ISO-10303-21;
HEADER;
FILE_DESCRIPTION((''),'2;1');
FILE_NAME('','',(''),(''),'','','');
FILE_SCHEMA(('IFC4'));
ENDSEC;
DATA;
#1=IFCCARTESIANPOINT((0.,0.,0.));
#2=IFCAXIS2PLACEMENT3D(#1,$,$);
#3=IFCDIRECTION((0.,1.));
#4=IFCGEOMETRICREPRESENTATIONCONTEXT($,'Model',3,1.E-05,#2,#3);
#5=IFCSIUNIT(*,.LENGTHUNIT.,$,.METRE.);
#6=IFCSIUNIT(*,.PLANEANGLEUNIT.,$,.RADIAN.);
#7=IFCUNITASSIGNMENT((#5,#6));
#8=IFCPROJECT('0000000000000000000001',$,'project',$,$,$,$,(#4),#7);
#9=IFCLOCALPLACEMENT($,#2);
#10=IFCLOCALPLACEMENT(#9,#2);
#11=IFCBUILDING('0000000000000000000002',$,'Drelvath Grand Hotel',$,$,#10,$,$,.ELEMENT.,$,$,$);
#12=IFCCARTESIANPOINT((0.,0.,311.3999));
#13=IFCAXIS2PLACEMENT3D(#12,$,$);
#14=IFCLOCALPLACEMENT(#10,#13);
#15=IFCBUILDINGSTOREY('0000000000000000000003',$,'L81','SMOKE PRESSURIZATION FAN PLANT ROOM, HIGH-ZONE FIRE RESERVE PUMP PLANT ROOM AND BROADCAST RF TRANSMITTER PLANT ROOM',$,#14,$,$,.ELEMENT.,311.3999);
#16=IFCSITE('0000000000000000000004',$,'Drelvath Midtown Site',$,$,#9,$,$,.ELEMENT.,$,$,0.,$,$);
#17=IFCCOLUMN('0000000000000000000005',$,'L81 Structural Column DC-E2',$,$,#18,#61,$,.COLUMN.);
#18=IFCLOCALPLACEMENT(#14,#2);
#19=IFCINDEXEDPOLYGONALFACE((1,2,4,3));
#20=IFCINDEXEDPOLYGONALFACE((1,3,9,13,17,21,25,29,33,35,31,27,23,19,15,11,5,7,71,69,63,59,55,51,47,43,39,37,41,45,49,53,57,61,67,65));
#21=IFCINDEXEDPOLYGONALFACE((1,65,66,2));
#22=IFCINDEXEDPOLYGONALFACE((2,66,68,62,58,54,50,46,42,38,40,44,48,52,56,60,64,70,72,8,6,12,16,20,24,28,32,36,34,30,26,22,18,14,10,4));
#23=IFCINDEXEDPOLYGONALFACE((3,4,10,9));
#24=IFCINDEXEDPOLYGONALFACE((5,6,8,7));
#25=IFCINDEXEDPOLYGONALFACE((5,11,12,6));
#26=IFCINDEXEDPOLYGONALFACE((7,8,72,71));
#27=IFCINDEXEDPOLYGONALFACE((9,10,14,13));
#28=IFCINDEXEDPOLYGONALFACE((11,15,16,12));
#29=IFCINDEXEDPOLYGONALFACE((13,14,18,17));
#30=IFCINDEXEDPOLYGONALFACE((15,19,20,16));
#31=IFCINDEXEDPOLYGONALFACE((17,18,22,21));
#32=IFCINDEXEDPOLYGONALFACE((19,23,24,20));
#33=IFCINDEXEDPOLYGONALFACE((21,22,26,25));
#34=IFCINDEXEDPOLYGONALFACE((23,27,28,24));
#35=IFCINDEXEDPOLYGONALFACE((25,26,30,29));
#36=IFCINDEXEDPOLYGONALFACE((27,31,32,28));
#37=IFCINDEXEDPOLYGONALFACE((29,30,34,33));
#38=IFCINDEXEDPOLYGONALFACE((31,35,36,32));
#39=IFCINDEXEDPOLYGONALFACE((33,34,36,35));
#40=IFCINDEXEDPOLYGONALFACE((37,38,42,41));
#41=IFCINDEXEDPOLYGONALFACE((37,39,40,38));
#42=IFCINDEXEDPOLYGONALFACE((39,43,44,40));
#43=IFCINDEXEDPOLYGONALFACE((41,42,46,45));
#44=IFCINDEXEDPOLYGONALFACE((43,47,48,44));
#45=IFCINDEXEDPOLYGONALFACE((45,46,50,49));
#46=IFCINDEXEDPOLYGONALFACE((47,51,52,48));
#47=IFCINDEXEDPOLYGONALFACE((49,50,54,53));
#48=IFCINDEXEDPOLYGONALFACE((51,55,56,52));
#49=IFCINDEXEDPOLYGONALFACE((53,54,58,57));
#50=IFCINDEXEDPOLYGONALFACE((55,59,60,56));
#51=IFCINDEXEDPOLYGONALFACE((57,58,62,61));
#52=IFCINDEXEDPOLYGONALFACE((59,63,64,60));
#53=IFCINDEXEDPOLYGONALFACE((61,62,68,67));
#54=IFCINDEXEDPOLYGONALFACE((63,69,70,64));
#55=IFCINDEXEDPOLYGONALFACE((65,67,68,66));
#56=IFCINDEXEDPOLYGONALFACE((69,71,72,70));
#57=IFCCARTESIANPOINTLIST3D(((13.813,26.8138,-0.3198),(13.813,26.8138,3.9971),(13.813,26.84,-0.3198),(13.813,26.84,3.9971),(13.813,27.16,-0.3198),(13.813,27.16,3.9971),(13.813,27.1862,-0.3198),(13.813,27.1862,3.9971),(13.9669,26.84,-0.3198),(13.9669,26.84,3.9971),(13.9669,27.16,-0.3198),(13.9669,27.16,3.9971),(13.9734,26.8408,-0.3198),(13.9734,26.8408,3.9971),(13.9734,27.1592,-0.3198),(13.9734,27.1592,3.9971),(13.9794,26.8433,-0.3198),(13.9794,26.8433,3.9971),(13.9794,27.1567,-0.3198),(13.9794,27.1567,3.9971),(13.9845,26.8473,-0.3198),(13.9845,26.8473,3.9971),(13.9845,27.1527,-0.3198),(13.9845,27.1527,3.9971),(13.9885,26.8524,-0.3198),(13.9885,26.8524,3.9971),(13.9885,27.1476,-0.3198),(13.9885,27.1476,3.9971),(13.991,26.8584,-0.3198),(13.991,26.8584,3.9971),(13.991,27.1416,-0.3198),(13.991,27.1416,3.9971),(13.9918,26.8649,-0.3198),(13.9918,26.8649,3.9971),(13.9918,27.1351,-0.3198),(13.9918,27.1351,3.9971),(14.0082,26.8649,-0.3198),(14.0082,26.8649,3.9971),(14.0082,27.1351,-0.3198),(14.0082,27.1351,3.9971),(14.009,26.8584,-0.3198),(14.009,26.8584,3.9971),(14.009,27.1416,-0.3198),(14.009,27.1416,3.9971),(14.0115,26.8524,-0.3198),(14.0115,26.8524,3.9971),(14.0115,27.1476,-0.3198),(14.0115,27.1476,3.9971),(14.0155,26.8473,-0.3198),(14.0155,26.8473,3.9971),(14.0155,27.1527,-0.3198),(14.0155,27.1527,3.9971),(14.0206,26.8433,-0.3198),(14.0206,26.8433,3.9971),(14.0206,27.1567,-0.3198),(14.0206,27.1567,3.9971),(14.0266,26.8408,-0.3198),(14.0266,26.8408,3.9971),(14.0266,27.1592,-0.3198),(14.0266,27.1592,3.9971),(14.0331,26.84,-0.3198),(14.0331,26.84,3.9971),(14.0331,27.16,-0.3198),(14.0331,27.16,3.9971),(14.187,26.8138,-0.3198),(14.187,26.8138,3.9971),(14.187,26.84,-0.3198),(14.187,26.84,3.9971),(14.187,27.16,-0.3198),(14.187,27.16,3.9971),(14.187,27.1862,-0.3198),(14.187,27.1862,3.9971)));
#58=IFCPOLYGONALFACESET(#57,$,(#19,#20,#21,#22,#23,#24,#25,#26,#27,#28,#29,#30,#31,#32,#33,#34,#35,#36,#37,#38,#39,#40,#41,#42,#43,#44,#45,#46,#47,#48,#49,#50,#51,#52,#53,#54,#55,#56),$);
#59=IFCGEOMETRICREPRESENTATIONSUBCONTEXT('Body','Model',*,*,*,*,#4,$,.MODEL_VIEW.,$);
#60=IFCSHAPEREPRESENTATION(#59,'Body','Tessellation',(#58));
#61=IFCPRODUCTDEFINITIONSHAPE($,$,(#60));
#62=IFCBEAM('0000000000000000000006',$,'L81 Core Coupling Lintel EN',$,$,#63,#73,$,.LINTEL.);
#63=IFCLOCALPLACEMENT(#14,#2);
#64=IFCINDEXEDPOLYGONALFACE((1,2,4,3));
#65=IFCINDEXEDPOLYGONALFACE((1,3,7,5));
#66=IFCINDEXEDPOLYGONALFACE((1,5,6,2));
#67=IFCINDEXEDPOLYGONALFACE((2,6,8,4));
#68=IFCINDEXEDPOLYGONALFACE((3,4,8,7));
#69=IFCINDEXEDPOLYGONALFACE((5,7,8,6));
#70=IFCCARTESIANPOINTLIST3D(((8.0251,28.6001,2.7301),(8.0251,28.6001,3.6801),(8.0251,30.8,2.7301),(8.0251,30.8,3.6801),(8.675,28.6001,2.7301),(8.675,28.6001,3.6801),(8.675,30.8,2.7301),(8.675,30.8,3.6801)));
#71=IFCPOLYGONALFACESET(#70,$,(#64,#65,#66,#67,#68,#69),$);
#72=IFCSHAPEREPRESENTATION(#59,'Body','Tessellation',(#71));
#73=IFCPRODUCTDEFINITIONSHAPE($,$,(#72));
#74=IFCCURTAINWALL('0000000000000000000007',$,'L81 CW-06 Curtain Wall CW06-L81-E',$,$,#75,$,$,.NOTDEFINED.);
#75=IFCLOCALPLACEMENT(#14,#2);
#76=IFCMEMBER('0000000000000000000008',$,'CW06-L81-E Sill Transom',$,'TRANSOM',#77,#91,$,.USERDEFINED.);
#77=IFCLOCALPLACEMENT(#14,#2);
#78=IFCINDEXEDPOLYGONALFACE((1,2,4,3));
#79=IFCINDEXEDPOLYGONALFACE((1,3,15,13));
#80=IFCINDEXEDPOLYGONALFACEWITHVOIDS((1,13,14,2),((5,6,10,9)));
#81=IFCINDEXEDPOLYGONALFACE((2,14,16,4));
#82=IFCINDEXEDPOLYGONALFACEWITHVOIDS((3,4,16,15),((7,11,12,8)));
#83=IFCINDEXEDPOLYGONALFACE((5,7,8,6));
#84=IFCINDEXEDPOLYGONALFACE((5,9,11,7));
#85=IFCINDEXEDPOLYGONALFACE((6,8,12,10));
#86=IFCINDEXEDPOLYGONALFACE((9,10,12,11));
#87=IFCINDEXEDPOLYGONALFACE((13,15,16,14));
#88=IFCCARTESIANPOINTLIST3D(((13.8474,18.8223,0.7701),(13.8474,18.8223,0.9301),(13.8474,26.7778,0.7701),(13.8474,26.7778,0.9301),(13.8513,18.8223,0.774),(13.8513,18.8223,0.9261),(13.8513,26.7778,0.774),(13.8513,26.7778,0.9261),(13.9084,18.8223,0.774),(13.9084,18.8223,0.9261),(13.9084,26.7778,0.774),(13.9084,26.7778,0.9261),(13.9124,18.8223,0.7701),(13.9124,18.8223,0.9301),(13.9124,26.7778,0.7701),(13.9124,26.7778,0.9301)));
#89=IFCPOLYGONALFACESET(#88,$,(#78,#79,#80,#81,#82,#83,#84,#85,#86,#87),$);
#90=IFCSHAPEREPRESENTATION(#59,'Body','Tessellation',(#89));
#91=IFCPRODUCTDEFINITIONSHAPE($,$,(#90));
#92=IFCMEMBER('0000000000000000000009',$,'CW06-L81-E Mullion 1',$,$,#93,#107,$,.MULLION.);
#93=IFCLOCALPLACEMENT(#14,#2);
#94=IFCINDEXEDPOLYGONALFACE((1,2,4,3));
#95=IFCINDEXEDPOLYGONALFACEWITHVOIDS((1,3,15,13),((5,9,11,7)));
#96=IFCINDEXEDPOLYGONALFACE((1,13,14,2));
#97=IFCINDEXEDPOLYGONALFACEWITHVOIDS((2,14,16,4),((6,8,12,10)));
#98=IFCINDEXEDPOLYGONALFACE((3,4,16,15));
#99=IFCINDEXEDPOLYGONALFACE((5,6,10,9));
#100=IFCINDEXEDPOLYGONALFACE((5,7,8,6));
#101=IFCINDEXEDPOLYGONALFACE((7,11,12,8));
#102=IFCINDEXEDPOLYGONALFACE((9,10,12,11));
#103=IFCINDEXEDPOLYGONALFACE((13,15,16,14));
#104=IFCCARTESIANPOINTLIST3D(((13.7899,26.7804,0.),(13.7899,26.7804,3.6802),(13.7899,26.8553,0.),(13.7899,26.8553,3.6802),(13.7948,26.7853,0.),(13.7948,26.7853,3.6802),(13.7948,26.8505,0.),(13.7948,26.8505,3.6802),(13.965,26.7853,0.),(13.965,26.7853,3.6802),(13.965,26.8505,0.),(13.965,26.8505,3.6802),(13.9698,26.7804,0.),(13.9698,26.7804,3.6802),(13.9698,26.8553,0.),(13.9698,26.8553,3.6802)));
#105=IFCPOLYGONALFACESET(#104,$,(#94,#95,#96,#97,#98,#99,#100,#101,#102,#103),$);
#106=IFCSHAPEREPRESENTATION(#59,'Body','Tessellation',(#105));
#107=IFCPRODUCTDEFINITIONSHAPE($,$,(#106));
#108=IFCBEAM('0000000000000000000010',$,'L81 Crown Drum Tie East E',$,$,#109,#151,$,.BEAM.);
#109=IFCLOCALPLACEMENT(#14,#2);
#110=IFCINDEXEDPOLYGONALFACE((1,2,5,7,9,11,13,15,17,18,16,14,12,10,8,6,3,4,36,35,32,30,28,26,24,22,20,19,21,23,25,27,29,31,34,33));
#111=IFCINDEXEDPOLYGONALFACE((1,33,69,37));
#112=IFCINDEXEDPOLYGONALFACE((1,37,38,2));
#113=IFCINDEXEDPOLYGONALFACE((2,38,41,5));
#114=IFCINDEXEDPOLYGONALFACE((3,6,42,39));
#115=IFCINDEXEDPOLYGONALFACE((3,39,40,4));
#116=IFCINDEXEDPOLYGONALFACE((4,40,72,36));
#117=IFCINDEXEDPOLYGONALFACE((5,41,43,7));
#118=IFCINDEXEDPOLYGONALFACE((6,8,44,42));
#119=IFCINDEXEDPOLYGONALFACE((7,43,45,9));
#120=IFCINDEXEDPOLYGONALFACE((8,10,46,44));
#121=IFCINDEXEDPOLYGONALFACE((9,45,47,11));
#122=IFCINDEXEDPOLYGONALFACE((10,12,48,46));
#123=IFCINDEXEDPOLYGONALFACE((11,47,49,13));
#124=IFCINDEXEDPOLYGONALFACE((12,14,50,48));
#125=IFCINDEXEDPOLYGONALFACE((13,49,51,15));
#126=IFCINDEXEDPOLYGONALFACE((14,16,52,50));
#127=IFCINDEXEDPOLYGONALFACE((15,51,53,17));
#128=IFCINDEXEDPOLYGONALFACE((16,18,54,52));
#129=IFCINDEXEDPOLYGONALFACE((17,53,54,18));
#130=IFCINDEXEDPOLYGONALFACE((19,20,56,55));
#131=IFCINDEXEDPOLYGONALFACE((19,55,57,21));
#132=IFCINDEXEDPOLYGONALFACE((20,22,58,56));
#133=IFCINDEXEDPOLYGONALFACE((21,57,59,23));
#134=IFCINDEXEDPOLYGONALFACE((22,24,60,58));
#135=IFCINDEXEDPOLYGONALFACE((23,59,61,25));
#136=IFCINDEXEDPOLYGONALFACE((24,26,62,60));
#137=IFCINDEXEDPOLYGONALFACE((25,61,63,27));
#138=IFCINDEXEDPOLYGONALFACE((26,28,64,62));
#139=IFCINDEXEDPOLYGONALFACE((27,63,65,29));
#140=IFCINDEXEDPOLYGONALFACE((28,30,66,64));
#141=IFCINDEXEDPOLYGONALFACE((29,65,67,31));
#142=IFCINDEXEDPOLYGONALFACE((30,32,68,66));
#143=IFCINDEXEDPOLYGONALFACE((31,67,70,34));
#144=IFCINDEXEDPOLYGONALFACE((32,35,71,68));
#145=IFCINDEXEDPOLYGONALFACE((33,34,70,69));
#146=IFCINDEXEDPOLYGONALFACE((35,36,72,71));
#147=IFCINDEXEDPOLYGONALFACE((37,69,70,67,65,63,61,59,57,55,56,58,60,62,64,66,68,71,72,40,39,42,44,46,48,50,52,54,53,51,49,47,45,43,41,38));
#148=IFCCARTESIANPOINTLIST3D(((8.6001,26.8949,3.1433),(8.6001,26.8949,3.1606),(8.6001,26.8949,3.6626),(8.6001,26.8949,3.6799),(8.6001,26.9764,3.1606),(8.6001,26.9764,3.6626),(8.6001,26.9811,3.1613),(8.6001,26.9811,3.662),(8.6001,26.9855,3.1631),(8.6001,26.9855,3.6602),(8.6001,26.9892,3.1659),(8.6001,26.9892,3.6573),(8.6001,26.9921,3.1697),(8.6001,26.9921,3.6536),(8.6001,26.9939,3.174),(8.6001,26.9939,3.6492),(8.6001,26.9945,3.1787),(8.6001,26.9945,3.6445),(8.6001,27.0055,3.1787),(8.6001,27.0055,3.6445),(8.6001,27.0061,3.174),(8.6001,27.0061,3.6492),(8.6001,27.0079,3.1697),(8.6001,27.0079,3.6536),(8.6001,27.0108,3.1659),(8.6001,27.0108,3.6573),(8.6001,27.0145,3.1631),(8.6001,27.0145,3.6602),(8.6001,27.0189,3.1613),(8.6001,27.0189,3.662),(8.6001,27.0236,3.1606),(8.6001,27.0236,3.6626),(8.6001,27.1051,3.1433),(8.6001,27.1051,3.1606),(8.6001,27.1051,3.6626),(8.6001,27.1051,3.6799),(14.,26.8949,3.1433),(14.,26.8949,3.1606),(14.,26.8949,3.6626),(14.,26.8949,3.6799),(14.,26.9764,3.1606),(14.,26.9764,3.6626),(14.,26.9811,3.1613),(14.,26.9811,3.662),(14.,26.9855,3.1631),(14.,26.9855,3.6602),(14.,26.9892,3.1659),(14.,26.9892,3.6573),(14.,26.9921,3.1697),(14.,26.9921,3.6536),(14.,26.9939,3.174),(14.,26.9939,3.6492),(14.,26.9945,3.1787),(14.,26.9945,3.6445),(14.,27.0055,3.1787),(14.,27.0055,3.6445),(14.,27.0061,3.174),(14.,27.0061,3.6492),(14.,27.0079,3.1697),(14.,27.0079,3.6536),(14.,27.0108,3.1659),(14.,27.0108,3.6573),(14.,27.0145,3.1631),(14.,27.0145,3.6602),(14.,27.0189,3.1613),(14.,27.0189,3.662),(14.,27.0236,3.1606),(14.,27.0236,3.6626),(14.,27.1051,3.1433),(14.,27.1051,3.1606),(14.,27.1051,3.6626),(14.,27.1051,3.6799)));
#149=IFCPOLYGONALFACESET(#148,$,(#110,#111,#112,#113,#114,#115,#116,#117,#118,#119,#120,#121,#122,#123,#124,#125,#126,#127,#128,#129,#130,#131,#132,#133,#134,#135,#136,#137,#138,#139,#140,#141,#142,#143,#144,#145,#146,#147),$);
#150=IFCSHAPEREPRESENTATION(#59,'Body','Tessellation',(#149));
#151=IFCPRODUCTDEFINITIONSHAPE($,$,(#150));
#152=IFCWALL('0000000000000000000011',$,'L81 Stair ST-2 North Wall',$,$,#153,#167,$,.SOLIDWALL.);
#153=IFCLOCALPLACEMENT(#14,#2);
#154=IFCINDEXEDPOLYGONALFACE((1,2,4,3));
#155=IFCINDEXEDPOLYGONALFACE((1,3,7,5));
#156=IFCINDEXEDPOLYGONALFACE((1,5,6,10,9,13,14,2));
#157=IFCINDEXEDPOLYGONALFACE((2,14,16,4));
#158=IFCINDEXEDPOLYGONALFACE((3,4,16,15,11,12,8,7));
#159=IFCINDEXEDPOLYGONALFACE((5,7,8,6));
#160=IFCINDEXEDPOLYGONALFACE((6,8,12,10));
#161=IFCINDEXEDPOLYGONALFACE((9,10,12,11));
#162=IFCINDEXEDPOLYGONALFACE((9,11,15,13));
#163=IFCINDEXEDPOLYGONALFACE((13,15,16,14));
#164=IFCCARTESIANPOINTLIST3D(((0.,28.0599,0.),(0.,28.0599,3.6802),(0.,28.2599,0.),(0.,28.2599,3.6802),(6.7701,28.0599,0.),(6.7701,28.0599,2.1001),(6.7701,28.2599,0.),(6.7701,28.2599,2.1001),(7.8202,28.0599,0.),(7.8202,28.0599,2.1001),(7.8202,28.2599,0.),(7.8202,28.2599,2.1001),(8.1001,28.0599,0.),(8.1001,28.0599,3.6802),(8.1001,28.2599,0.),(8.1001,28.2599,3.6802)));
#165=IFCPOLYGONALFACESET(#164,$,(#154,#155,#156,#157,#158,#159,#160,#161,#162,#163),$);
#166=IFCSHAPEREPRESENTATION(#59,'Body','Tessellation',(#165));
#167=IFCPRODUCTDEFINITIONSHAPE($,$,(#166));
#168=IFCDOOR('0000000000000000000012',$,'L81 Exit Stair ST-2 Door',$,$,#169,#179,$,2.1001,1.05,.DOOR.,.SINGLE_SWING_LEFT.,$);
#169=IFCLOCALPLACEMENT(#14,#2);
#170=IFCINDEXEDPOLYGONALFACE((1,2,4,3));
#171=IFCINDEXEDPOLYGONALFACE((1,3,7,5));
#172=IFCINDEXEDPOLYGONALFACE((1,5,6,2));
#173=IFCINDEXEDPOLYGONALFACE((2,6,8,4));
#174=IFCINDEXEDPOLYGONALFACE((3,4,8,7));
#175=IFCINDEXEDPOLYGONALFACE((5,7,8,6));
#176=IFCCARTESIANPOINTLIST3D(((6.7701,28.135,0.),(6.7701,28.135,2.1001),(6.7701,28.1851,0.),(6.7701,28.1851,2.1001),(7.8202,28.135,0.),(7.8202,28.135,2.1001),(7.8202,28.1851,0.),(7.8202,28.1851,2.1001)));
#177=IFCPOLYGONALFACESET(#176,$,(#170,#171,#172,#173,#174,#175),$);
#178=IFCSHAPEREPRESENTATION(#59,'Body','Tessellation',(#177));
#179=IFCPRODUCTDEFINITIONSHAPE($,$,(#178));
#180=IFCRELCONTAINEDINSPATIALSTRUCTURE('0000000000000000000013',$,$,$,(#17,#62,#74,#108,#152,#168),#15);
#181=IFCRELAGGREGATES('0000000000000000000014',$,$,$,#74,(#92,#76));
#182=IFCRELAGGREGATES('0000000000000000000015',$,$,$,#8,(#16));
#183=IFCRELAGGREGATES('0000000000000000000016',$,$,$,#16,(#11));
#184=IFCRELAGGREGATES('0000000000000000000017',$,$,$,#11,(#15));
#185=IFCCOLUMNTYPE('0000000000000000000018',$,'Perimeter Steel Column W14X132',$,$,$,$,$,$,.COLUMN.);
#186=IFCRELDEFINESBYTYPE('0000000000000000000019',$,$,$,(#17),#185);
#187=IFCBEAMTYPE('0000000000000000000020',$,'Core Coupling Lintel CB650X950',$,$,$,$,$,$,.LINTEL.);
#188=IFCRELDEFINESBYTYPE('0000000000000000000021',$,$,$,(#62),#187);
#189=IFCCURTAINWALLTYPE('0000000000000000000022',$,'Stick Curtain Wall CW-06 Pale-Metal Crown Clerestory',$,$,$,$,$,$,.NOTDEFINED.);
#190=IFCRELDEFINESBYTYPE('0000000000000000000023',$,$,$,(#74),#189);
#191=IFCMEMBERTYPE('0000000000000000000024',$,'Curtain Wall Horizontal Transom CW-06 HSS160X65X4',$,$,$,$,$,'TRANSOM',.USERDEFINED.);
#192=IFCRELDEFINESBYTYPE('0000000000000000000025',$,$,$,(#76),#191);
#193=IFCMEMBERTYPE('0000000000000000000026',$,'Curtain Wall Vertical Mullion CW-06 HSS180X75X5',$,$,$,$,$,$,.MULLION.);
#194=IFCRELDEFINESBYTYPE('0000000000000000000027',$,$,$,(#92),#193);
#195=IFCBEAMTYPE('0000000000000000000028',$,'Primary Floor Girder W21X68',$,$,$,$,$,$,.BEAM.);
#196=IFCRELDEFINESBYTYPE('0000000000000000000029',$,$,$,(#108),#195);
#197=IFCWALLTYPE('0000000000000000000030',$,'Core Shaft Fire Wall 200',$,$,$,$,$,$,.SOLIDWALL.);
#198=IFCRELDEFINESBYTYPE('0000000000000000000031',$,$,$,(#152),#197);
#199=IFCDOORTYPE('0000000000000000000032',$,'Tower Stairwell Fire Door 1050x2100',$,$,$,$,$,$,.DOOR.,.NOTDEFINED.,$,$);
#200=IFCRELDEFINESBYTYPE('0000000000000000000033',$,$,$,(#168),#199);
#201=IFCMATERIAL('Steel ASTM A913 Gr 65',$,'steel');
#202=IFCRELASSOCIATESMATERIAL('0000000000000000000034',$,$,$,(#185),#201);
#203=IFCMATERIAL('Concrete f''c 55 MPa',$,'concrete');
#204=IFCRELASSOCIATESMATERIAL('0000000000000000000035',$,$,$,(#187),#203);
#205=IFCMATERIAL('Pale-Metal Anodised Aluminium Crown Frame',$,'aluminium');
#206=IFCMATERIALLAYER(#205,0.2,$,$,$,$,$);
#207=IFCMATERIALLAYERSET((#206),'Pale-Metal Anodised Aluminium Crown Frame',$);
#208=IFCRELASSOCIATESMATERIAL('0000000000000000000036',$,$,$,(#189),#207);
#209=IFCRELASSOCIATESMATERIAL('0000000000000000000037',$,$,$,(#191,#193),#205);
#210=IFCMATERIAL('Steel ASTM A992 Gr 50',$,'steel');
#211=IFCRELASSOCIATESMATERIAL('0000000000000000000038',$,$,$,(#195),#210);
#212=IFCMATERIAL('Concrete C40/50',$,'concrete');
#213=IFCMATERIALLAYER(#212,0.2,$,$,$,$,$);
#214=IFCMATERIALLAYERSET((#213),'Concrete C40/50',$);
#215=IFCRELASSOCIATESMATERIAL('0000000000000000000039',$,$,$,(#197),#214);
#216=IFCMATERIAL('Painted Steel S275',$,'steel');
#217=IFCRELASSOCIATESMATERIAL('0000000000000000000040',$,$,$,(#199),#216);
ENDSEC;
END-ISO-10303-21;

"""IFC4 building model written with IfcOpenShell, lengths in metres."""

from ifc_helpers import new_model, si_unit, direction, frame, frame_2d, origin, origin_2d, place, context, subcontext, project, spatial, rectangle, hollow_rectangle, i_section, extrude, material, layer, layer_set, material_profile, profile_set, type_object, element, fill, aggregate, save


model = new_model("IFC4")

# Units and contexts
model_context = context("Model", 3, precision=1e-05, world=origin(), true_north=direction((0.0, 1.0)))
body_context = subcontext(model_context, "Body", "Model", "MODEL_VIEW")
ifc_project = project(units=[si_unit("LENGTHUNIT", "METRE"), si_unit("PLANEANGLEUNIT", "RADIAN")], contexts=[model_context])

# Site, building, storey
site_placement = place(None, origin())
site = spatial("IfcSite", under=ifc_project, at=site_placement, Name="Drelvath Midtown Site", CompositionType="ELEMENT", RefElevation=0.0)
building_placement = place(site_placement, origin())
building = spatial("IfcBuilding", under=site, at=building_placement, Name="Drelvath Grand Hotel", CompositionType="ELEMENT")
storey_placement = place(building_placement, frame((0.0, 0.0, 311.3999)))
storey = spatial("IfcBuildingStorey", under=building, at=storey_placement, Name="L81", Description="SMOKE PRESSURIZATION FAN PLANT ROOM, HIGH-ZONE FIRE RESERVE PUMP PLANT ROOM AND BROADCAST RF TRANSMITTER PLANT ROOM", CompositionType="ELEMENT", Elevation=311.3999)

# Column
ifc_material_1 = material(Name="Steel ASTM A913 Gr 65", Category="steel")
ifc_material_profile_1 = material_profile(ifc_material_1, i_section(OverallWidth=0.374, OverallDepth=0.3723, WebThickness=0.0164, FlangeThickness=0.0261, FilletRadius=0.0249, at=origin_2d()), Name="W14X132")
ifc_profile_set_1 = profile_set([ifc_material_profile_1], Name="Steel ASTM A913 Gr 65")
column_type = type_object("IfcColumnType", Name="Perimeter Steel Column W14X132", PredefinedType="COLUMN", material=ifc_profile_set_1)
column_placement = place(storey_placement, frame((14.0, 27.0, -0.3198), z_axis=(0.0, 0.0, 1.0), x_axis=(1.0, 0.0, 0.0)))
element("IfcColumn", 1, at=column_placement, inside=storey, type_object=column_type, Name="L81 Structural Column DC-E2", PredefinedType="COLUMN", context=body_context, shape_type="SweptSolid", body=[
    extrude(i_section(OverallWidth=0.374, OverallDepth=0.3723, WebThickness=0.0164, FlangeThickness=0.0261, FilletRadius=0.0249, at=origin_2d()), origin(), (0.0, 0.0, 1.0), 4.3169),
])

# Beam
ifc_material_2 = material(Name="Concrete f'c 55 MPa", Category="concrete")
ifc_material_profile_2 = material_profile(ifc_material_2, rectangle(XDim=0.6499, YDim=0.95, at=origin_2d()), Name="CB650X950")
ifc_profile_set_2 = profile_set([ifc_material_profile_2], Name="Concrete f'c 55 MPa")
beam_type_1 = type_object("IfcBeamType", Name="Core Coupling Lintel CB650X950", PredefinedType="LINTEL", material=ifc_profile_set_2)
beam_1_placement = place(storey_placement, frame((8.3501, 28.6001, 3.2051), z_axis=(0.0, 1.0, 0.0), x_axis=(-1.0, 0.0, 0.0)))
element("IfcBeam", 2, at=beam_1_placement, inside=storey, type_object=beam_type_1, Name="L81 Core Coupling Lintel EN", PredefinedType="LINTEL", context=body_context, shape_type="SweptSolid", body=[
    extrude(rectangle(XDim=0.6499, YDim=0.95, at=origin_2d()), origin(), (0.0, 0.0, 1.0), 2.2),
])

# Curtain wall, members
ifc_material_3 = material(Name="Pale-Metal Anodised Aluminium Crown Frame", Category="aluminium")
ifc_layer_1 = layer(ifc_material_3, 0.2)
ifc_layer_set_1 = layer_set([ifc_layer_1], Name="Pale-Metal Anodised Aluminium Crown Frame")
curtain_wall_type = type_object("IfcCurtainWallType", Name="Stick Curtain Wall CW-06 Pale-Metal Crown Clerestory", PredefinedType="NOTDEFINED", material=ifc_layer_set_1)
curtain_wall_placement = place(storey_placement, origin())
curtain_wall = element("IfcCurtainWall", 3, at=curtain_wall_placement, inside=storey, type_object=curtain_wall_type, Name="L81 CW-06 Curtain Wall CW06-L81-E", PredefinedType="NOTDEFINED")
ifc_material_profile_3 = material_profile(ifc_material_3, hollow_rectangle(XDim=0.0649, YDim=0.1599, WallThickness=0.0039, at=origin_2d()), Name="HSS160X65X4")
ifc_profile_set_3 = profile_set([ifc_material_profile_3], Name="Pale-Metal Anodised Aluminium Crown Frame")
member_type_1 = type_object("IfcMemberType", Name="Curtain Wall Horizontal Transom CW-06 HSS160X65X4", ElementType="TRANSOM", PredefinedType="USERDEFINED", material=ifc_profile_set_3)
member_1_placement = place(storey_placement, frame((13.8799, 26.7778, 0.8501), z_axis=(0.0, -1.0, 0.0), x_axis=(1.0, 0.0, 0.0)))
member_1 = element("IfcMember", 4, at=member_1_placement, type_object=member_type_1, Name="CW06-L81-E Sill Transom", ObjectType="TRANSOM", PredefinedType="USERDEFINED", context=body_context, shape_type="SweptSolid", body=[
    extrude(hollow_rectangle(XDim=0.0649, YDim=0.1599, WallThickness=0.0039, at=origin_2d()), origin(), (0.0, 0.0, 1.0), 7.9556),
])
ifc_material_profile_4 = material_profile(ifc_material_3, hollow_rectangle(XDim=0.075, YDim=0.1799, WallThickness=0.0049, at=origin_2d()), Name="HSS180X75X5")
ifc_profile_set_4 = profile_set([ifc_material_profile_4], Name="Pale-Metal Anodised Aluminium Crown Frame")
member_type_2 = type_object("IfcMemberType", Name="Curtain Wall Vertical Mullion CW-06 HSS180X75X5", PredefinedType="MULLION", material=ifc_profile_set_4)
member_2_placement = place(storey_placement, frame((13.8799, 26.8179, 0.0), z_axis=(0.0, 0.0, 1.0), x_axis=(0.0, 1.0, 0.0)))
member_2 = element("IfcMember", 5, at=member_2_placement, type_object=member_type_2, Name="CW06-L81-E Mullion 1", PredefinedType="MULLION", context=body_context, shape_type="SweptSolid", body=[
    extrude(hollow_rectangle(XDim=0.075, YDim=0.1799, WallThickness=0.0049, at=origin_2d()), origin(), (0.0, 0.0, 1.0), 3.6802),
])
aggregate(curtain_wall, [member_2, member_1])

# Beam
ifc_material_4 = material(Name="Steel ASTM A992 Gr 50", Category="steel")
ifc_material_profile_5 = material_profile(ifc_material_4, i_section(OverallWidth=0.2102, OverallDepth=0.5366, WebThickness=0.011, FlangeThickness=0.0173, FilletRadius=0.0181, at=origin_2d()), Name="W21X68")
ifc_profile_set_5 = profile_set([ifc_material_profile_5], Name="Steel ASTM A992 Gr 50")
beam_type_2 = type_object("IfcBeamType", Name="Primary Floor Girder W21X68", PredefinedType="BEAM", material=ifc_profile_set_5)
beam_2_placement = place(storey_placement, frame((8.6001, 27.0, 3.4116), z_axis=(1.0, 0.0, 0.0), x_axis=(0.0, 1.0, 0.0)))
element("IfcBeam", 6, at=beam_2_placement, inside=storey, type_object=beam_type_2, Name="L81 Crown Drum Tie East E", PredefinedType="BEAM", context=body_context, shape_type="SweptSolid", body=[
    extrude(i_section(OverallWidth=0.2102, OverallDepth=0.5366, WebThickness=0.011, FlangeThickness=0.0173, FilletRadius=0.0181, at=origin_2d()), origin(), (0.0, 0.0, 1.0), 5.3999),
])

# Wall, opening, door
ifc_material_5 = material(Name="Concrete C40/50", Category="concrete")
ifc_layer_2 = layer(ifc_material_5, 0.2)
ifc_layer_set_2 = layer_set([ifc_layer_2], Name="Concrete C40/50")
wall_type_1 = type_object("IfcWallType", Name="Core Shaft Fire Wall 200", PredefinedType="SOLIDWALL", material=ifc_layer_set_2)
wall_1_placement = place(storey_placement, frame((8.1001, 28.1599, 0.0), z_axis=(0.0, 0.0, 1.0), x_axis=(-1.0, 0.0, 0.0)))
wall_1 = element("IfcWall", 7, at=wall_1_placement, inside=storey, type_object=wall_type_1, Name="L81 Stair ST-2 North Wall", PredefinedType="SOLIDWALL", context=body_context, shape_type="SweptSolid", body=[
    extrude(rectangle(XDim=8.1001, YDim=0.2, at=frame_2d((4.05, 0.0))), origin(), (0.0, 0.0, 1.0), 3.6802),
])
opening_1_placement = place(wall_1_placement, frame((0.28, 0.0, 0.0)))
opening_1 = element("IfcOpeningElement", 8, at=opening_1_placement, cuts=wall_1, PredefinedType="OPENING", context=body_context, shape_type="SweptSolid", body=[
    extrude(rectangle(XDim=1.05, YDim=2.1001, at=frame_2d((0.5249, 1.05))), frame((0.0, 0.1099, 0.0), z_axis=(0.0, -1.0, 0.0), x_axis=(1.0, 0.0, 0.0)), (0.0, 0.0, 1.0), 0.22),
])
ifc_material_6 = material(Name="Painted Steel S275", Category="steel")
door_type_1 = type_object("IfcDoorType", Name="Tower Stairwell Fire Door 1050x2100", OperationType="NOTDEFINED", PredefinedType="DOOR", material=ifc_material_6)
door_1_placement = place(opening_1_placement, origin())
door_1 = element("IfcDoor", 9, at=door_1_placement, inside=storey, type_object=door_type_1, Name="L81 Exit Stair ST-2 Door", OperationType="SINGLE_SWING_LEFT", OverallHeight=2.1001, OverallWidth=1.05, PredefinedType="DOOR", context=body_context, shape_type="SweptSolid", body=[
    extrude(rectangle(XDim=1.05, YDim=2.1001, at=frame_2d((0.5249, 1.05))), frame((0.0, 0.0249, 0.0), z_axis=(0.0, -1.0, 0.0), x_axis=(1.0, 0.0, 0.0)), (0.0, 0.0, 1.0), 0.05),
])
fill(opening_1, door_1)

save(model, "model.ifc")
